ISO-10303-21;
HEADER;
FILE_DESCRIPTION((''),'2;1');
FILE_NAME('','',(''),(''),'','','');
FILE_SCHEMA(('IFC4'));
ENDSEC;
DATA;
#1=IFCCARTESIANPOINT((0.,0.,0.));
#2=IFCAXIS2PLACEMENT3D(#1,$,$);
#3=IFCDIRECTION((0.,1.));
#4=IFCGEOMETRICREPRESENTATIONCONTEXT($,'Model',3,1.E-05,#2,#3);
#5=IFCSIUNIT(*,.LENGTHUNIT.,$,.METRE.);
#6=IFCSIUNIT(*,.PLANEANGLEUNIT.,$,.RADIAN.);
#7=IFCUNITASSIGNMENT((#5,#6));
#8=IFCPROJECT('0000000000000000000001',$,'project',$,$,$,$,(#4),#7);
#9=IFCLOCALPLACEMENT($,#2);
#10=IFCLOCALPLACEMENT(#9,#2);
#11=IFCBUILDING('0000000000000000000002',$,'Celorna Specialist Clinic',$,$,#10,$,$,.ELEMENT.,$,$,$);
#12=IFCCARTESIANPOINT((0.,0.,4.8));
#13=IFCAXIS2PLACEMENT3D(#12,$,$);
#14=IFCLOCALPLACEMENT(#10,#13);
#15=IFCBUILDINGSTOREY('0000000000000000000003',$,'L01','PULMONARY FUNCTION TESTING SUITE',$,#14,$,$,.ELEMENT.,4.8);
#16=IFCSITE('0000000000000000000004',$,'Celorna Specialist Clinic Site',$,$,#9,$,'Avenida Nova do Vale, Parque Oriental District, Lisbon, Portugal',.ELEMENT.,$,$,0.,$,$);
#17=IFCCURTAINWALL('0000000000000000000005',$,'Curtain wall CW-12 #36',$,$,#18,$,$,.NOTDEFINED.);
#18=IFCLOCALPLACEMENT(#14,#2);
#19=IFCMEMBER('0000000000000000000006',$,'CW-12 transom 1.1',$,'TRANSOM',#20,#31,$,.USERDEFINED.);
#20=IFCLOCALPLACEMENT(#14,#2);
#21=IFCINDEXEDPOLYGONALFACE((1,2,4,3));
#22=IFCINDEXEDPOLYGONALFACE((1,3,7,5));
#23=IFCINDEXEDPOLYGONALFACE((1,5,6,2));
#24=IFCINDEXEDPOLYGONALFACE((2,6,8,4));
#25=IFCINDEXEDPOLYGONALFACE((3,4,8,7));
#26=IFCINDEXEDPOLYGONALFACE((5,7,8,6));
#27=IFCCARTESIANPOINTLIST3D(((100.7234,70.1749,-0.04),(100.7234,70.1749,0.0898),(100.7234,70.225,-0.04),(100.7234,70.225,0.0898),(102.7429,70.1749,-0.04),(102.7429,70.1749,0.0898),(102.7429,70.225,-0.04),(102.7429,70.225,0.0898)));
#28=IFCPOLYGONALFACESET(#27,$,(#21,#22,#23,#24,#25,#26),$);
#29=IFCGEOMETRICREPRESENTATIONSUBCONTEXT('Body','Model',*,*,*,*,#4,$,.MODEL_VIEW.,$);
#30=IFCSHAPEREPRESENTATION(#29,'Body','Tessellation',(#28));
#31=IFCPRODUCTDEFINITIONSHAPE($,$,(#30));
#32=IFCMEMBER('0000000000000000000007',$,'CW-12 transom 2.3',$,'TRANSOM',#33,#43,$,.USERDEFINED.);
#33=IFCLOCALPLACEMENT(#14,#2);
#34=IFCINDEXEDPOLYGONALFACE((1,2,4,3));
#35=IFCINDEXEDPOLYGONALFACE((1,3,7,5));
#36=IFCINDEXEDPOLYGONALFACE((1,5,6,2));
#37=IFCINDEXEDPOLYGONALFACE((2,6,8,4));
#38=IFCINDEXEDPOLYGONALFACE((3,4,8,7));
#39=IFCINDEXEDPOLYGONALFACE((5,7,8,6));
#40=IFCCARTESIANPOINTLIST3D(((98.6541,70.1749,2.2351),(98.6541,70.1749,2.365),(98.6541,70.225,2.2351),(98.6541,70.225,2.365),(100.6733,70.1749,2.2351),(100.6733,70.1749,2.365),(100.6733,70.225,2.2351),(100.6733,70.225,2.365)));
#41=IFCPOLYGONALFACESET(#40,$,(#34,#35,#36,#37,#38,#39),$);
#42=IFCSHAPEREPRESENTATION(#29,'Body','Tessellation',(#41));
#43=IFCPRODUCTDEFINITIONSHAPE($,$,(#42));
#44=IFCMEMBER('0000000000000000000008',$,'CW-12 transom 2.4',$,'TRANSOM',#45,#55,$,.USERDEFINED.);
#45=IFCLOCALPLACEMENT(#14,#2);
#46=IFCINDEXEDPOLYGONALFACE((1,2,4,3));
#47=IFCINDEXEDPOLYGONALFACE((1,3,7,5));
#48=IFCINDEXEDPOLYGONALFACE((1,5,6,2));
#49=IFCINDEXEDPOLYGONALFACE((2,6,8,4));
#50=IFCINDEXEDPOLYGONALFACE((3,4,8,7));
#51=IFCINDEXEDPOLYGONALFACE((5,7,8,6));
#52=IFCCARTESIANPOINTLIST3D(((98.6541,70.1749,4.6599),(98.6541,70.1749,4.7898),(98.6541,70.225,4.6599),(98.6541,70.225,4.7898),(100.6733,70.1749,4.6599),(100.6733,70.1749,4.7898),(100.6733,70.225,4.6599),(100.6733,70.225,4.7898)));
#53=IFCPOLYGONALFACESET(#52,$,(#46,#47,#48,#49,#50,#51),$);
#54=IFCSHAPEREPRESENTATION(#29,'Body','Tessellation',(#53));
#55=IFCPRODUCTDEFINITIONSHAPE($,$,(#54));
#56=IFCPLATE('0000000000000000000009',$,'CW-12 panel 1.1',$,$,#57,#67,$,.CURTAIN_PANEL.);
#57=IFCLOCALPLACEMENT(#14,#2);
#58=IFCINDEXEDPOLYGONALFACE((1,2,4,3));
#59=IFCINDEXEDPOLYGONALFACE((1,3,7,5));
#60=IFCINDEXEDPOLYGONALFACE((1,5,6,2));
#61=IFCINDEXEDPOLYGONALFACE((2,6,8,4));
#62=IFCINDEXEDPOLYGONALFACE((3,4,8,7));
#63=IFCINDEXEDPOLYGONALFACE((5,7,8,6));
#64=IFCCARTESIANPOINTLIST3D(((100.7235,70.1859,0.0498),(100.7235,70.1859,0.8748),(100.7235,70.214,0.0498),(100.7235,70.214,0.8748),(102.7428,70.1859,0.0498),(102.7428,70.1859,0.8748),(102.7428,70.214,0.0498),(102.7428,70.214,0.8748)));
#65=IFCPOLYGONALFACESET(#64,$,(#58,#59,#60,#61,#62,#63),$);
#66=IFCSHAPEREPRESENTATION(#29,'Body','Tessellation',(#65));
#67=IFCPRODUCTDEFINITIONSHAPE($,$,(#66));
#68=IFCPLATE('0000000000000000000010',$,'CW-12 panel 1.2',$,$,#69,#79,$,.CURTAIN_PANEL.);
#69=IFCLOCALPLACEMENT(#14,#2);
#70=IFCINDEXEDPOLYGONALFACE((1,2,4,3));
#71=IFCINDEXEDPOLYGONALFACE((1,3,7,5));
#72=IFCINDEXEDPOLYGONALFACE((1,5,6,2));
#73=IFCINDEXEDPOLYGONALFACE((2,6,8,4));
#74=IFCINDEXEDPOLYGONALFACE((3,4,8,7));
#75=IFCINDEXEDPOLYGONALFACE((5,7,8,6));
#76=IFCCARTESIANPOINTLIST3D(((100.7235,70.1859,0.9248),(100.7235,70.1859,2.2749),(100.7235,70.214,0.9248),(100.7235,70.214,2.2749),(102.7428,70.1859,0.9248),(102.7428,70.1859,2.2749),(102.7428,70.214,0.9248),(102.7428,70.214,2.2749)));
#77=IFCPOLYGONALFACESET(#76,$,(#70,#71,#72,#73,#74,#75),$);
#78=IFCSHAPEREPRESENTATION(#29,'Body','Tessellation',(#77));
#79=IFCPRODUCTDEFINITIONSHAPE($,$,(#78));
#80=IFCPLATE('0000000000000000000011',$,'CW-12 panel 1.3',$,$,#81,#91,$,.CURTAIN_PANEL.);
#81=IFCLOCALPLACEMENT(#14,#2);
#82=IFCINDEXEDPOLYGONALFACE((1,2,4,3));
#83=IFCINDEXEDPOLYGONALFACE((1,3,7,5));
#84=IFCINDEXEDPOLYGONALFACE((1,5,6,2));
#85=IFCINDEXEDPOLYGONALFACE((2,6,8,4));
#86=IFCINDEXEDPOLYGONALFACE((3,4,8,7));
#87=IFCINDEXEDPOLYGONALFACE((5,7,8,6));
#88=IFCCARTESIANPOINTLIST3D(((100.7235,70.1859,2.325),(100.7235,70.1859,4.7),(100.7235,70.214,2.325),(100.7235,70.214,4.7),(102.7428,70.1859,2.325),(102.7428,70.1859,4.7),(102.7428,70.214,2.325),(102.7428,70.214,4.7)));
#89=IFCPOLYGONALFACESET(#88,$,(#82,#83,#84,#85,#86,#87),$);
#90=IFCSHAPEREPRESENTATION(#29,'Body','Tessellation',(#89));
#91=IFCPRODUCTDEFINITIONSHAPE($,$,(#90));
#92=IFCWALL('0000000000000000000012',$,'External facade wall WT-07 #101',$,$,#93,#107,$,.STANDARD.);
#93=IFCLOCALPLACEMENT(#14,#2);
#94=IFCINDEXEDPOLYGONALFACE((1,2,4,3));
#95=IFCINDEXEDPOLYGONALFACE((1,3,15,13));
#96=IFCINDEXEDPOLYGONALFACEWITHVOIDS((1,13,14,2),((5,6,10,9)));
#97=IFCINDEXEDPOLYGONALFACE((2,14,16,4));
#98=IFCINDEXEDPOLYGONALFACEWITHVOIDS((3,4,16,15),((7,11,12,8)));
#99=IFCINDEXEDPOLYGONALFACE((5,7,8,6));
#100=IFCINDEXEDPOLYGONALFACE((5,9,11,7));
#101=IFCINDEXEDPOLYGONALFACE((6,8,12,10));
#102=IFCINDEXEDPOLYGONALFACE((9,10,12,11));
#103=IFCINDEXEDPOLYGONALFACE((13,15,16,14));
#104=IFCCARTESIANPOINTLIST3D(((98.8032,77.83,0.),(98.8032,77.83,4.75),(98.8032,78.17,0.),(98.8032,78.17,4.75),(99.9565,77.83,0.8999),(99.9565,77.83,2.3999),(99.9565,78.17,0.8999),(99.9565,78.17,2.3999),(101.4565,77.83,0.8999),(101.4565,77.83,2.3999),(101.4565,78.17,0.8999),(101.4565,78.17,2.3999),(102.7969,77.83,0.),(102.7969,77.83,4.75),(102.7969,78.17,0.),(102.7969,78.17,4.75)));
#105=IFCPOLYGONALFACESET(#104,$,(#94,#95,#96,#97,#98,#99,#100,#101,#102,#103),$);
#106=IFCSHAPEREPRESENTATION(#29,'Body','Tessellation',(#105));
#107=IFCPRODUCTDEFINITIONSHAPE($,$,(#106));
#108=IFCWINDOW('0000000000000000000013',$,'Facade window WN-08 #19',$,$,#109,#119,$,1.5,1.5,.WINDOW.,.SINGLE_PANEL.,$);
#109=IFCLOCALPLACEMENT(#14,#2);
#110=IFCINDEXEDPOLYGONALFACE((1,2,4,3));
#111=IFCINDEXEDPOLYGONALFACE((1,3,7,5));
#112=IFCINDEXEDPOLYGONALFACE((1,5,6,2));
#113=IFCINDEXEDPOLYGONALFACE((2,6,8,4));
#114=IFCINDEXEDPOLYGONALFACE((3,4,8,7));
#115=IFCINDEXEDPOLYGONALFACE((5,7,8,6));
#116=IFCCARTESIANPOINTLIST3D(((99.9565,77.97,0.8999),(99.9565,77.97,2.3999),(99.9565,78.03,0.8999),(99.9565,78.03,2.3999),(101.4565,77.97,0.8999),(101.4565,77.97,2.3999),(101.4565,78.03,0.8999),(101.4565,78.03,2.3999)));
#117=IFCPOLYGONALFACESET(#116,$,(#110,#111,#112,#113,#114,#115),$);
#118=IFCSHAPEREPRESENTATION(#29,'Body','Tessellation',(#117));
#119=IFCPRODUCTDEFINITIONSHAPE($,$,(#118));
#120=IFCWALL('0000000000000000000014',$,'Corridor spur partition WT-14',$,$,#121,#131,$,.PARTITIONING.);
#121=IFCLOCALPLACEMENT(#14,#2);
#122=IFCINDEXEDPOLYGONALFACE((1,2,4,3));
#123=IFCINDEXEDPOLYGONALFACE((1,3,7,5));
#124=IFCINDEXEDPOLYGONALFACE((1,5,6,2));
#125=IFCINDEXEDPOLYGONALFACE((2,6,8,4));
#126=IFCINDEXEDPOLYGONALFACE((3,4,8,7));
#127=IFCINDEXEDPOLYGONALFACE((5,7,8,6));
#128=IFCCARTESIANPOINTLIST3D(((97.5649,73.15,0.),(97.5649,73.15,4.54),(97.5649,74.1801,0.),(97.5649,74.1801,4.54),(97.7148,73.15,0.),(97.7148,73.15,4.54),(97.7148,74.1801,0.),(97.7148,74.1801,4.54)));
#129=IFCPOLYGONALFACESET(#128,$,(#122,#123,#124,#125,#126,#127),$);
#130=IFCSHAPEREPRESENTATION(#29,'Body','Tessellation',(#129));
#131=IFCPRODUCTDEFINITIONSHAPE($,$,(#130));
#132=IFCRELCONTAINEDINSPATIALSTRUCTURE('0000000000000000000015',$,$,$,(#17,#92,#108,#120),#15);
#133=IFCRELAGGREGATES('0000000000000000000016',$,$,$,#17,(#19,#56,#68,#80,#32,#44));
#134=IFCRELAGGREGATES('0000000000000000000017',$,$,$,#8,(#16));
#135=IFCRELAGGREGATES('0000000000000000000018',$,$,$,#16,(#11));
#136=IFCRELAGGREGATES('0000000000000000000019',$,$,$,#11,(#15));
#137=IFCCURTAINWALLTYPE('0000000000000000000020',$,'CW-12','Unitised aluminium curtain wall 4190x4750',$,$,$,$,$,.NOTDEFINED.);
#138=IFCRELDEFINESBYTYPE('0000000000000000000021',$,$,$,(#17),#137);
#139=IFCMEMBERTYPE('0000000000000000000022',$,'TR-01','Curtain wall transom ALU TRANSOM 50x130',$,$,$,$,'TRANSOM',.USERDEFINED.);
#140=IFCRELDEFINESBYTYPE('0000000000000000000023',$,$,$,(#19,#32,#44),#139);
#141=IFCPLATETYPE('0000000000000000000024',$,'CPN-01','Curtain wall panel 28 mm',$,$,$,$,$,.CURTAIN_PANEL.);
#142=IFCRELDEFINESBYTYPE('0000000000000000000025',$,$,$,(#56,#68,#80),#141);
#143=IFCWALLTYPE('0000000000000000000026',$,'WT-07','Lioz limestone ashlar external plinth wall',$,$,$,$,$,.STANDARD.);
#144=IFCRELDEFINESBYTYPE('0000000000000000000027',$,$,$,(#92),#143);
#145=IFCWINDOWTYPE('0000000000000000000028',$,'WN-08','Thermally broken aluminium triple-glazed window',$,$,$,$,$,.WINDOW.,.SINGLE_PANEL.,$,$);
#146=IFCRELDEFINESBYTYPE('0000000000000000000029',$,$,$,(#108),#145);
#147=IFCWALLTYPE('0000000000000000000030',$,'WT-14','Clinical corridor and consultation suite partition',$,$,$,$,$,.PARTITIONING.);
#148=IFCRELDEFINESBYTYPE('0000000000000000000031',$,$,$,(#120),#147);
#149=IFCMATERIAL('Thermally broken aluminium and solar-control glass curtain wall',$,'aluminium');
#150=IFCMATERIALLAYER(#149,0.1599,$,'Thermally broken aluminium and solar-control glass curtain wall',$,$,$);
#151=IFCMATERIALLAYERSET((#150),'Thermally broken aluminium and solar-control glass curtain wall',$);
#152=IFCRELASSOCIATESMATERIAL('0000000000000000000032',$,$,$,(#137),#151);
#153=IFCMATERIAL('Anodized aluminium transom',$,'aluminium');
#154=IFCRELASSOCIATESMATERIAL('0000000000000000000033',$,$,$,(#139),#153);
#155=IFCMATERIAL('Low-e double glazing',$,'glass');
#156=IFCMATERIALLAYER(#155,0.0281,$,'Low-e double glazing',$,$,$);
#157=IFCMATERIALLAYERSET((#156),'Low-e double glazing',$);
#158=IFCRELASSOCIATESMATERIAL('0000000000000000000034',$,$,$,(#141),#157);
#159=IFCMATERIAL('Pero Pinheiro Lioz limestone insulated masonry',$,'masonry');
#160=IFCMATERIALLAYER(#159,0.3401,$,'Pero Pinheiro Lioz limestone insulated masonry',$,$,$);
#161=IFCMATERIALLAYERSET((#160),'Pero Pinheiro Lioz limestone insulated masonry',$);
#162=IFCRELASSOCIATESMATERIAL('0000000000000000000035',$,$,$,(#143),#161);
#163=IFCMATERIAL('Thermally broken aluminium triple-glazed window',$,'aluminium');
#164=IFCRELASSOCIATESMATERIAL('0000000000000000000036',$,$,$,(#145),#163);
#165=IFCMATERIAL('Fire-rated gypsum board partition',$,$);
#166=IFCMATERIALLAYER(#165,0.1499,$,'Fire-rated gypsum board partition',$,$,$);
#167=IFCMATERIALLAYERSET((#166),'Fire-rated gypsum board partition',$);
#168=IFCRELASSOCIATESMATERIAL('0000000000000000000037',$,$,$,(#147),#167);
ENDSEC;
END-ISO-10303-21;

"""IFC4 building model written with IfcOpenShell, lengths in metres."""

from ifc_helpers import new_model, si_unit, direction, frame, frame_2d, origin, origin_2d, place, context, subcontext, project, spatial, rectangle, extrude, material, layer, layer_set, material_profile, profile_set, type_object, element, fill, aggregate, save


model = new_model("IFC4")

# Units and contexts
model_context = context("Model", 3, precision=1e-05, world=origin(), true_north=direction((0.0, 1.0)))
body_context = subcontext(model_context, "Body", "Model", "MODEL_VIEW")
ifc_project = project(units=[si_unit("LENGTHUNIT", "METRE"), si_unit("PLANEANGLEUNIT", "RADIAN")], contexts=[model_context])

# Site, building, storey
site_placement = place(None, origin())
site = spatial("IfcSite", under=ifc_project, at=site_placement, Name="Celorna Specialist Clinic Site", LongName="Avenida Nova do Vale, Parque Oriental District, Lisbon, Portugal", CompositionType="ELEMENT", RefElevation=0.0)
building_placement = place(site_placement, origin())
building = spatial("IfcBuilding", under=site, at=building_placement, Name="Celorna Specialist Clinic", CompositionType="ELEMENT")
storey_placement = place(building_placement, frame((0.0, 0.0, 4.8)))
storey = spatial("IfcBuildingStorey", under=building, at=storey_placement, Name="L01", Description="PULMONARY FUNCTION TESTING SUITE", CompositionType="ELEMENT", Elevation=4.8)

# Curtain wall, members, plates
ifc_material_1 = material(Name="Thermally broken aluminium and solar-control glass curtain wall", Category="aluminium")
ifc_layer_1 = layer(ifc_material_1, 0.1599, Name="Thermally broken aluminium and solar-control glass curtain wall")
ifc_layer_set_1 = layer_set([ifc_layer_1], Name="Thermally broken aluminium and solar-control glass curtain wall")
curtain_wall_type = type_object("IfcCurtainWallType", Name="CW-12", Description="Unitised aluminium curtain wall 4190x4750", PredefinedType="NOTDEFINED", material=ifc_layer_set_1)
curtain_wall_placement = place(storey_placement, origin())
curtain_wall = element("IfcCurtainWall", 1, at=curtain_wall_placement, inside=storey, type_object=curtain_wall_type, Name="Curtain wall CW-12 #36", PredefinedType="NOTDEFINED")
ifc_material_2 = material(Name="Anodized aluminium transom", Category="aluminium")
ifc_material_profile_1 = material_profile(ifc_material_2, rectangle(XDim=0.05, YDim=0.1299, at=origin_2d()), Name="ALU TRANSOM 50x130")
ifc_profile_set_1 = profile_set([ifc_material_profile_1], Name="Anodized aluminium transom")
member_type_1 = type_object("IfcMemberType", Name="TR-01", Description="Curtain wall transom ALU TRANSOM 50x130", ElementType="TRANSOM", PredefinedType="USERDEFINED", material=ifc_profile_set_1)
member_1_placement = place(storey_placement, frame((102.7429, 70.2, 0.0249), z_axis=(-1.0, 0.0, 0.0), x_axis=(0.0, -1.0, 0.0)))
member_1 = element("IfcMember", 2, at=member_1_placement, type_object=member_type_1, Name="CW-12 transom 1.1", ObjectType="TRANSOM", PredefinedType="USERDEFINED", context=body_context, shape_type="SweptSolid", body=[
    extrude(rectangle(XDim=0.05, YDim=0.1299, at=origin_2d()), origin(), (0.0, 0.0, 1.0), 2.0195),
])
member_2_placement = place(storey_placement, frame((100.6733, 70.2, 2.3), z_axis=(-1.0, 0.0, 0.0), x_axis=(0.0, -1.0, 0.0)))
member_2 = element("IfcMember", 3, at=member_2_placement, type_object=member_type_1, Name="CW-12 transom 2.3", ObjectType="TRANSOM", PredefinedType="USERDEFINED", context=body_context, shape_type="SweptSolid", body=[
    extrude(rectangle(XDim=0.05, YDim=0.1299, at=origin_2d()), origin(), (0.0, 0.0, 1.0), 2.0193),
])
member_3_placement = place(storey_placement, frame((100.6733, 70.2, 4.7249), z_axis=(-1.0, 0.0, 0.0), x_axis=(0.0, -1.0, 0.0)))
member_3 = element("IfcMember", 4, at=member_3_placement, type_object=member_type_1, Name="CW-12 transom 2.4", ObjectType="TRANSOM", PredefinedType="USERDEFINED", context=body_context, shape_type="SweptSolid", body=[
    extrude(rectangle(XDim=0.05, YDim=0.1299, at=origin_2d()), origin(), (0.0, 0.0, 1.0), 2.0193),
])
ifc_material_3 = material(Name="Low-e double glazing", Category="glass")
ifc_layer_2 = layer(ifc_material_3, 0.0281, Name="Low-e double glazing")
ifc_layer_set_2 = layer_set([ifc_layer_2], Name="Low-e double glazing")
plate_type = type_object("IfcPlateType", Name="CPN-01", Description="Curtain wall panel 28 mm", PredefinedType="CURTAIN_PANEL", material=ifc_layer_set_2)
plate_1_placement = place(storey_placement, frame((101.7332, 70.2, 0.0498), z_axis=(0.0, 0.0, 1.0), x_axis=(-1.0, 0.0, 0.0)))
plate_1 = element("IfcPlate", 5, at=plate_1_placement, type_object=plate_type, Name="CW-12 panel 1.1", PredefinedType="CURTAIN_PANEL", context=body_context, shape_type="SweptSolid", body=[
    extrude(rectangle(XDim=2.0193, YDim=0.0281, at=origin_2d()), origin(), (0.0, 0.0, 1.0), 0.825),
])
plate_2_placement = place(storey_placement, frame((101.7332, 70.2, 0.9248), z_axis=(0.0, 0.0, 1.0), x_axis=(-1.0, 0.0, 0.0)))
plate_2 = element("IfcPlate", 6, at=plate_2_placement, type_object=plate_type, Name="CW-12 panel 1.2", PredefinedType="CURTAIN_PANEL", context=body_context, shape_type="SweptSolid", body=[
    extrude(rectangle(XDim=2.0193, YDim=0.0281, at=origin_2d()), origin(), (0.0, 0.0, 1.0), 1.3501),
])
plate_3_placement = place(storey_placement, frame((101.7332, 70.2, 2.325), z_axis=(0.0, 0.0, 1.0), x_axis=(-1.0, 0.0, 0.0)))
plate_3 = element("IfcPlate", 7, at=plate_3_placement, type_object=plate_type, Name="CW-12 panel 1.3", PredefinedType="CURTAIN_PANEL", context=body_context, shape_type="SweptSolid", body=[
    extrude(rectangle(XDim=2.0193, YDim=0.0281, at=origin_2d()), origin(), (0.0, 0.0, 1.0), 2.375),
])
aggregate(curtain_wall, [member_1, plate_1, plate_2, plate_3, member_2, member_3])

# Wall, opening, window
ifc_material_4 = material(Name="Pero Pinheiro Lioz limestone insulated masonry", Category="masonry")
ifc_layer_3 = layer(ifc_material_4, 0.3401, Name="Pero Pinheiro Lioz limestone insulated masonry")
ifc_layer_set_3 = layer_set([ifc_layer_3], Name="Pero Pinheiro Lioz limestone insulated masonry")
wall_type_1 = type_object("IfcWallType", Name="WT-07", Description="Lioz limestone ashlar external plinth wall", PredefinedType="STANDARD", material=ifc_layer_set_3)
wall_1_placement = place(storey_placement, frame((98.8032, 78.0, 0.0), z_axis=(0.0, 0.0, 1.0), x_axis=(1.0, 0.0, 0.0)))
wall_1 = element("IfcWall", 8, at=wall_1_placement, inside=storey, type_object=wall_type_1, Name="External facade wall WT-07 #101", PredefinedType="STANDARD", context=body_context, shape_type="SweptSolid", body=[
    extrude(rectangle(XDim=3.9937, YDim=0.3401, at=frame_2d((1.9968, 0.0))), origin(), (0.0, 0.0, 1.0), 4.75),
])
opening_placement = place(wall_1_placement, frame((1.1533, 0.0, 0.8999)))
opening = element("IfcOpeningElement", 9, at=opening_placement, cuts=wall_1, PredefinedType="OPENING", context=body_context, shape_type="SweptSolid", body=[
    extrude(rectangle(XDim=1.5, YDim=1.5, at=frame_2d((0.75, 0.75))), frame((0.0, 0.1799, 0.0), z_axis=(0.0, -1.0, 0.0), x_axis=(1.0, 0.0, 0.0)), (0.0, 0.0, 1.0), 0.3601),
])
ifc_material_5 = material(Name="Thermally broken aluminium triple-glazed window", Category="aluminium")
window_type = type_object("IfcWindowType", Name="WN-08", Description="Thermally broken aluminium triple-glazed window", PartitioningType="SINGLE_PANEL", PredefinedType="WINDOW", material=ifc_material_5)
window_placement = place(opening_placement, origin())
window = element("IfcWindow", 10, at=window_placement, inside=storey, type_object=window_type, Name="Facade window WN-08 #19", OverallHeight=1.5, OverallWidth=1.5, PartitioningType="SINGLE_PANEL", PredefinedType="WINDOW", context=body_context, shape_type="SweptSolid", body=[
    extrude(rectangle(XDim=1.5, YDim=1.5, at=frame_2d((0.75, 0.75))), frame((0.0, 0.03, 0.0), z_axis=(0.0, -1.0, 0.0), x_axis=(1.0, 0.0, 0.0)), (0.0, 0.0, 1.0), 0.0601),
])
fill(opening, window)

# Wall
ifc_material_6 = material(Name="Fire-rated gypsum board partition")
ifc_layer_4 = layer(ifc_material_6, 0.1499, Name="Fire-rated gypsum board partition")
ifc_layer_set_4 = layer_set([ifc_layer_4], Name="Fire-rated gypsum board partition")
wall_type_2 = type_object("IfcWallType", Name="WT-14", Description="Clinical corridor and consultation suite partition", PredefinedType="PARTITIONING", material=ifc_layer_set_4)
wall_2_placement = place(storey_placement, frame((97.6399, 73.1499, 0.0), z_axis=(0.0, 0.0, 1.0), x_axis=(0.0, 1.0, 0.0)))
element("IfcWall", 11, at=wall_2_placement, inside=storey, type_object=wall_type_2, Name="Corridor spur partition WT-14", PredefinedType="PARTITIONING", context=body_context, shape_type="SweptSolid", body=[
    extrude(rectangle(XDim=1.03, YDim=0.1499, at=frame_2d((0.5151, 0.0))), origin(), (0.0, 0.0, 1.0), 4.54),
])

save(model, "model.ifc")
